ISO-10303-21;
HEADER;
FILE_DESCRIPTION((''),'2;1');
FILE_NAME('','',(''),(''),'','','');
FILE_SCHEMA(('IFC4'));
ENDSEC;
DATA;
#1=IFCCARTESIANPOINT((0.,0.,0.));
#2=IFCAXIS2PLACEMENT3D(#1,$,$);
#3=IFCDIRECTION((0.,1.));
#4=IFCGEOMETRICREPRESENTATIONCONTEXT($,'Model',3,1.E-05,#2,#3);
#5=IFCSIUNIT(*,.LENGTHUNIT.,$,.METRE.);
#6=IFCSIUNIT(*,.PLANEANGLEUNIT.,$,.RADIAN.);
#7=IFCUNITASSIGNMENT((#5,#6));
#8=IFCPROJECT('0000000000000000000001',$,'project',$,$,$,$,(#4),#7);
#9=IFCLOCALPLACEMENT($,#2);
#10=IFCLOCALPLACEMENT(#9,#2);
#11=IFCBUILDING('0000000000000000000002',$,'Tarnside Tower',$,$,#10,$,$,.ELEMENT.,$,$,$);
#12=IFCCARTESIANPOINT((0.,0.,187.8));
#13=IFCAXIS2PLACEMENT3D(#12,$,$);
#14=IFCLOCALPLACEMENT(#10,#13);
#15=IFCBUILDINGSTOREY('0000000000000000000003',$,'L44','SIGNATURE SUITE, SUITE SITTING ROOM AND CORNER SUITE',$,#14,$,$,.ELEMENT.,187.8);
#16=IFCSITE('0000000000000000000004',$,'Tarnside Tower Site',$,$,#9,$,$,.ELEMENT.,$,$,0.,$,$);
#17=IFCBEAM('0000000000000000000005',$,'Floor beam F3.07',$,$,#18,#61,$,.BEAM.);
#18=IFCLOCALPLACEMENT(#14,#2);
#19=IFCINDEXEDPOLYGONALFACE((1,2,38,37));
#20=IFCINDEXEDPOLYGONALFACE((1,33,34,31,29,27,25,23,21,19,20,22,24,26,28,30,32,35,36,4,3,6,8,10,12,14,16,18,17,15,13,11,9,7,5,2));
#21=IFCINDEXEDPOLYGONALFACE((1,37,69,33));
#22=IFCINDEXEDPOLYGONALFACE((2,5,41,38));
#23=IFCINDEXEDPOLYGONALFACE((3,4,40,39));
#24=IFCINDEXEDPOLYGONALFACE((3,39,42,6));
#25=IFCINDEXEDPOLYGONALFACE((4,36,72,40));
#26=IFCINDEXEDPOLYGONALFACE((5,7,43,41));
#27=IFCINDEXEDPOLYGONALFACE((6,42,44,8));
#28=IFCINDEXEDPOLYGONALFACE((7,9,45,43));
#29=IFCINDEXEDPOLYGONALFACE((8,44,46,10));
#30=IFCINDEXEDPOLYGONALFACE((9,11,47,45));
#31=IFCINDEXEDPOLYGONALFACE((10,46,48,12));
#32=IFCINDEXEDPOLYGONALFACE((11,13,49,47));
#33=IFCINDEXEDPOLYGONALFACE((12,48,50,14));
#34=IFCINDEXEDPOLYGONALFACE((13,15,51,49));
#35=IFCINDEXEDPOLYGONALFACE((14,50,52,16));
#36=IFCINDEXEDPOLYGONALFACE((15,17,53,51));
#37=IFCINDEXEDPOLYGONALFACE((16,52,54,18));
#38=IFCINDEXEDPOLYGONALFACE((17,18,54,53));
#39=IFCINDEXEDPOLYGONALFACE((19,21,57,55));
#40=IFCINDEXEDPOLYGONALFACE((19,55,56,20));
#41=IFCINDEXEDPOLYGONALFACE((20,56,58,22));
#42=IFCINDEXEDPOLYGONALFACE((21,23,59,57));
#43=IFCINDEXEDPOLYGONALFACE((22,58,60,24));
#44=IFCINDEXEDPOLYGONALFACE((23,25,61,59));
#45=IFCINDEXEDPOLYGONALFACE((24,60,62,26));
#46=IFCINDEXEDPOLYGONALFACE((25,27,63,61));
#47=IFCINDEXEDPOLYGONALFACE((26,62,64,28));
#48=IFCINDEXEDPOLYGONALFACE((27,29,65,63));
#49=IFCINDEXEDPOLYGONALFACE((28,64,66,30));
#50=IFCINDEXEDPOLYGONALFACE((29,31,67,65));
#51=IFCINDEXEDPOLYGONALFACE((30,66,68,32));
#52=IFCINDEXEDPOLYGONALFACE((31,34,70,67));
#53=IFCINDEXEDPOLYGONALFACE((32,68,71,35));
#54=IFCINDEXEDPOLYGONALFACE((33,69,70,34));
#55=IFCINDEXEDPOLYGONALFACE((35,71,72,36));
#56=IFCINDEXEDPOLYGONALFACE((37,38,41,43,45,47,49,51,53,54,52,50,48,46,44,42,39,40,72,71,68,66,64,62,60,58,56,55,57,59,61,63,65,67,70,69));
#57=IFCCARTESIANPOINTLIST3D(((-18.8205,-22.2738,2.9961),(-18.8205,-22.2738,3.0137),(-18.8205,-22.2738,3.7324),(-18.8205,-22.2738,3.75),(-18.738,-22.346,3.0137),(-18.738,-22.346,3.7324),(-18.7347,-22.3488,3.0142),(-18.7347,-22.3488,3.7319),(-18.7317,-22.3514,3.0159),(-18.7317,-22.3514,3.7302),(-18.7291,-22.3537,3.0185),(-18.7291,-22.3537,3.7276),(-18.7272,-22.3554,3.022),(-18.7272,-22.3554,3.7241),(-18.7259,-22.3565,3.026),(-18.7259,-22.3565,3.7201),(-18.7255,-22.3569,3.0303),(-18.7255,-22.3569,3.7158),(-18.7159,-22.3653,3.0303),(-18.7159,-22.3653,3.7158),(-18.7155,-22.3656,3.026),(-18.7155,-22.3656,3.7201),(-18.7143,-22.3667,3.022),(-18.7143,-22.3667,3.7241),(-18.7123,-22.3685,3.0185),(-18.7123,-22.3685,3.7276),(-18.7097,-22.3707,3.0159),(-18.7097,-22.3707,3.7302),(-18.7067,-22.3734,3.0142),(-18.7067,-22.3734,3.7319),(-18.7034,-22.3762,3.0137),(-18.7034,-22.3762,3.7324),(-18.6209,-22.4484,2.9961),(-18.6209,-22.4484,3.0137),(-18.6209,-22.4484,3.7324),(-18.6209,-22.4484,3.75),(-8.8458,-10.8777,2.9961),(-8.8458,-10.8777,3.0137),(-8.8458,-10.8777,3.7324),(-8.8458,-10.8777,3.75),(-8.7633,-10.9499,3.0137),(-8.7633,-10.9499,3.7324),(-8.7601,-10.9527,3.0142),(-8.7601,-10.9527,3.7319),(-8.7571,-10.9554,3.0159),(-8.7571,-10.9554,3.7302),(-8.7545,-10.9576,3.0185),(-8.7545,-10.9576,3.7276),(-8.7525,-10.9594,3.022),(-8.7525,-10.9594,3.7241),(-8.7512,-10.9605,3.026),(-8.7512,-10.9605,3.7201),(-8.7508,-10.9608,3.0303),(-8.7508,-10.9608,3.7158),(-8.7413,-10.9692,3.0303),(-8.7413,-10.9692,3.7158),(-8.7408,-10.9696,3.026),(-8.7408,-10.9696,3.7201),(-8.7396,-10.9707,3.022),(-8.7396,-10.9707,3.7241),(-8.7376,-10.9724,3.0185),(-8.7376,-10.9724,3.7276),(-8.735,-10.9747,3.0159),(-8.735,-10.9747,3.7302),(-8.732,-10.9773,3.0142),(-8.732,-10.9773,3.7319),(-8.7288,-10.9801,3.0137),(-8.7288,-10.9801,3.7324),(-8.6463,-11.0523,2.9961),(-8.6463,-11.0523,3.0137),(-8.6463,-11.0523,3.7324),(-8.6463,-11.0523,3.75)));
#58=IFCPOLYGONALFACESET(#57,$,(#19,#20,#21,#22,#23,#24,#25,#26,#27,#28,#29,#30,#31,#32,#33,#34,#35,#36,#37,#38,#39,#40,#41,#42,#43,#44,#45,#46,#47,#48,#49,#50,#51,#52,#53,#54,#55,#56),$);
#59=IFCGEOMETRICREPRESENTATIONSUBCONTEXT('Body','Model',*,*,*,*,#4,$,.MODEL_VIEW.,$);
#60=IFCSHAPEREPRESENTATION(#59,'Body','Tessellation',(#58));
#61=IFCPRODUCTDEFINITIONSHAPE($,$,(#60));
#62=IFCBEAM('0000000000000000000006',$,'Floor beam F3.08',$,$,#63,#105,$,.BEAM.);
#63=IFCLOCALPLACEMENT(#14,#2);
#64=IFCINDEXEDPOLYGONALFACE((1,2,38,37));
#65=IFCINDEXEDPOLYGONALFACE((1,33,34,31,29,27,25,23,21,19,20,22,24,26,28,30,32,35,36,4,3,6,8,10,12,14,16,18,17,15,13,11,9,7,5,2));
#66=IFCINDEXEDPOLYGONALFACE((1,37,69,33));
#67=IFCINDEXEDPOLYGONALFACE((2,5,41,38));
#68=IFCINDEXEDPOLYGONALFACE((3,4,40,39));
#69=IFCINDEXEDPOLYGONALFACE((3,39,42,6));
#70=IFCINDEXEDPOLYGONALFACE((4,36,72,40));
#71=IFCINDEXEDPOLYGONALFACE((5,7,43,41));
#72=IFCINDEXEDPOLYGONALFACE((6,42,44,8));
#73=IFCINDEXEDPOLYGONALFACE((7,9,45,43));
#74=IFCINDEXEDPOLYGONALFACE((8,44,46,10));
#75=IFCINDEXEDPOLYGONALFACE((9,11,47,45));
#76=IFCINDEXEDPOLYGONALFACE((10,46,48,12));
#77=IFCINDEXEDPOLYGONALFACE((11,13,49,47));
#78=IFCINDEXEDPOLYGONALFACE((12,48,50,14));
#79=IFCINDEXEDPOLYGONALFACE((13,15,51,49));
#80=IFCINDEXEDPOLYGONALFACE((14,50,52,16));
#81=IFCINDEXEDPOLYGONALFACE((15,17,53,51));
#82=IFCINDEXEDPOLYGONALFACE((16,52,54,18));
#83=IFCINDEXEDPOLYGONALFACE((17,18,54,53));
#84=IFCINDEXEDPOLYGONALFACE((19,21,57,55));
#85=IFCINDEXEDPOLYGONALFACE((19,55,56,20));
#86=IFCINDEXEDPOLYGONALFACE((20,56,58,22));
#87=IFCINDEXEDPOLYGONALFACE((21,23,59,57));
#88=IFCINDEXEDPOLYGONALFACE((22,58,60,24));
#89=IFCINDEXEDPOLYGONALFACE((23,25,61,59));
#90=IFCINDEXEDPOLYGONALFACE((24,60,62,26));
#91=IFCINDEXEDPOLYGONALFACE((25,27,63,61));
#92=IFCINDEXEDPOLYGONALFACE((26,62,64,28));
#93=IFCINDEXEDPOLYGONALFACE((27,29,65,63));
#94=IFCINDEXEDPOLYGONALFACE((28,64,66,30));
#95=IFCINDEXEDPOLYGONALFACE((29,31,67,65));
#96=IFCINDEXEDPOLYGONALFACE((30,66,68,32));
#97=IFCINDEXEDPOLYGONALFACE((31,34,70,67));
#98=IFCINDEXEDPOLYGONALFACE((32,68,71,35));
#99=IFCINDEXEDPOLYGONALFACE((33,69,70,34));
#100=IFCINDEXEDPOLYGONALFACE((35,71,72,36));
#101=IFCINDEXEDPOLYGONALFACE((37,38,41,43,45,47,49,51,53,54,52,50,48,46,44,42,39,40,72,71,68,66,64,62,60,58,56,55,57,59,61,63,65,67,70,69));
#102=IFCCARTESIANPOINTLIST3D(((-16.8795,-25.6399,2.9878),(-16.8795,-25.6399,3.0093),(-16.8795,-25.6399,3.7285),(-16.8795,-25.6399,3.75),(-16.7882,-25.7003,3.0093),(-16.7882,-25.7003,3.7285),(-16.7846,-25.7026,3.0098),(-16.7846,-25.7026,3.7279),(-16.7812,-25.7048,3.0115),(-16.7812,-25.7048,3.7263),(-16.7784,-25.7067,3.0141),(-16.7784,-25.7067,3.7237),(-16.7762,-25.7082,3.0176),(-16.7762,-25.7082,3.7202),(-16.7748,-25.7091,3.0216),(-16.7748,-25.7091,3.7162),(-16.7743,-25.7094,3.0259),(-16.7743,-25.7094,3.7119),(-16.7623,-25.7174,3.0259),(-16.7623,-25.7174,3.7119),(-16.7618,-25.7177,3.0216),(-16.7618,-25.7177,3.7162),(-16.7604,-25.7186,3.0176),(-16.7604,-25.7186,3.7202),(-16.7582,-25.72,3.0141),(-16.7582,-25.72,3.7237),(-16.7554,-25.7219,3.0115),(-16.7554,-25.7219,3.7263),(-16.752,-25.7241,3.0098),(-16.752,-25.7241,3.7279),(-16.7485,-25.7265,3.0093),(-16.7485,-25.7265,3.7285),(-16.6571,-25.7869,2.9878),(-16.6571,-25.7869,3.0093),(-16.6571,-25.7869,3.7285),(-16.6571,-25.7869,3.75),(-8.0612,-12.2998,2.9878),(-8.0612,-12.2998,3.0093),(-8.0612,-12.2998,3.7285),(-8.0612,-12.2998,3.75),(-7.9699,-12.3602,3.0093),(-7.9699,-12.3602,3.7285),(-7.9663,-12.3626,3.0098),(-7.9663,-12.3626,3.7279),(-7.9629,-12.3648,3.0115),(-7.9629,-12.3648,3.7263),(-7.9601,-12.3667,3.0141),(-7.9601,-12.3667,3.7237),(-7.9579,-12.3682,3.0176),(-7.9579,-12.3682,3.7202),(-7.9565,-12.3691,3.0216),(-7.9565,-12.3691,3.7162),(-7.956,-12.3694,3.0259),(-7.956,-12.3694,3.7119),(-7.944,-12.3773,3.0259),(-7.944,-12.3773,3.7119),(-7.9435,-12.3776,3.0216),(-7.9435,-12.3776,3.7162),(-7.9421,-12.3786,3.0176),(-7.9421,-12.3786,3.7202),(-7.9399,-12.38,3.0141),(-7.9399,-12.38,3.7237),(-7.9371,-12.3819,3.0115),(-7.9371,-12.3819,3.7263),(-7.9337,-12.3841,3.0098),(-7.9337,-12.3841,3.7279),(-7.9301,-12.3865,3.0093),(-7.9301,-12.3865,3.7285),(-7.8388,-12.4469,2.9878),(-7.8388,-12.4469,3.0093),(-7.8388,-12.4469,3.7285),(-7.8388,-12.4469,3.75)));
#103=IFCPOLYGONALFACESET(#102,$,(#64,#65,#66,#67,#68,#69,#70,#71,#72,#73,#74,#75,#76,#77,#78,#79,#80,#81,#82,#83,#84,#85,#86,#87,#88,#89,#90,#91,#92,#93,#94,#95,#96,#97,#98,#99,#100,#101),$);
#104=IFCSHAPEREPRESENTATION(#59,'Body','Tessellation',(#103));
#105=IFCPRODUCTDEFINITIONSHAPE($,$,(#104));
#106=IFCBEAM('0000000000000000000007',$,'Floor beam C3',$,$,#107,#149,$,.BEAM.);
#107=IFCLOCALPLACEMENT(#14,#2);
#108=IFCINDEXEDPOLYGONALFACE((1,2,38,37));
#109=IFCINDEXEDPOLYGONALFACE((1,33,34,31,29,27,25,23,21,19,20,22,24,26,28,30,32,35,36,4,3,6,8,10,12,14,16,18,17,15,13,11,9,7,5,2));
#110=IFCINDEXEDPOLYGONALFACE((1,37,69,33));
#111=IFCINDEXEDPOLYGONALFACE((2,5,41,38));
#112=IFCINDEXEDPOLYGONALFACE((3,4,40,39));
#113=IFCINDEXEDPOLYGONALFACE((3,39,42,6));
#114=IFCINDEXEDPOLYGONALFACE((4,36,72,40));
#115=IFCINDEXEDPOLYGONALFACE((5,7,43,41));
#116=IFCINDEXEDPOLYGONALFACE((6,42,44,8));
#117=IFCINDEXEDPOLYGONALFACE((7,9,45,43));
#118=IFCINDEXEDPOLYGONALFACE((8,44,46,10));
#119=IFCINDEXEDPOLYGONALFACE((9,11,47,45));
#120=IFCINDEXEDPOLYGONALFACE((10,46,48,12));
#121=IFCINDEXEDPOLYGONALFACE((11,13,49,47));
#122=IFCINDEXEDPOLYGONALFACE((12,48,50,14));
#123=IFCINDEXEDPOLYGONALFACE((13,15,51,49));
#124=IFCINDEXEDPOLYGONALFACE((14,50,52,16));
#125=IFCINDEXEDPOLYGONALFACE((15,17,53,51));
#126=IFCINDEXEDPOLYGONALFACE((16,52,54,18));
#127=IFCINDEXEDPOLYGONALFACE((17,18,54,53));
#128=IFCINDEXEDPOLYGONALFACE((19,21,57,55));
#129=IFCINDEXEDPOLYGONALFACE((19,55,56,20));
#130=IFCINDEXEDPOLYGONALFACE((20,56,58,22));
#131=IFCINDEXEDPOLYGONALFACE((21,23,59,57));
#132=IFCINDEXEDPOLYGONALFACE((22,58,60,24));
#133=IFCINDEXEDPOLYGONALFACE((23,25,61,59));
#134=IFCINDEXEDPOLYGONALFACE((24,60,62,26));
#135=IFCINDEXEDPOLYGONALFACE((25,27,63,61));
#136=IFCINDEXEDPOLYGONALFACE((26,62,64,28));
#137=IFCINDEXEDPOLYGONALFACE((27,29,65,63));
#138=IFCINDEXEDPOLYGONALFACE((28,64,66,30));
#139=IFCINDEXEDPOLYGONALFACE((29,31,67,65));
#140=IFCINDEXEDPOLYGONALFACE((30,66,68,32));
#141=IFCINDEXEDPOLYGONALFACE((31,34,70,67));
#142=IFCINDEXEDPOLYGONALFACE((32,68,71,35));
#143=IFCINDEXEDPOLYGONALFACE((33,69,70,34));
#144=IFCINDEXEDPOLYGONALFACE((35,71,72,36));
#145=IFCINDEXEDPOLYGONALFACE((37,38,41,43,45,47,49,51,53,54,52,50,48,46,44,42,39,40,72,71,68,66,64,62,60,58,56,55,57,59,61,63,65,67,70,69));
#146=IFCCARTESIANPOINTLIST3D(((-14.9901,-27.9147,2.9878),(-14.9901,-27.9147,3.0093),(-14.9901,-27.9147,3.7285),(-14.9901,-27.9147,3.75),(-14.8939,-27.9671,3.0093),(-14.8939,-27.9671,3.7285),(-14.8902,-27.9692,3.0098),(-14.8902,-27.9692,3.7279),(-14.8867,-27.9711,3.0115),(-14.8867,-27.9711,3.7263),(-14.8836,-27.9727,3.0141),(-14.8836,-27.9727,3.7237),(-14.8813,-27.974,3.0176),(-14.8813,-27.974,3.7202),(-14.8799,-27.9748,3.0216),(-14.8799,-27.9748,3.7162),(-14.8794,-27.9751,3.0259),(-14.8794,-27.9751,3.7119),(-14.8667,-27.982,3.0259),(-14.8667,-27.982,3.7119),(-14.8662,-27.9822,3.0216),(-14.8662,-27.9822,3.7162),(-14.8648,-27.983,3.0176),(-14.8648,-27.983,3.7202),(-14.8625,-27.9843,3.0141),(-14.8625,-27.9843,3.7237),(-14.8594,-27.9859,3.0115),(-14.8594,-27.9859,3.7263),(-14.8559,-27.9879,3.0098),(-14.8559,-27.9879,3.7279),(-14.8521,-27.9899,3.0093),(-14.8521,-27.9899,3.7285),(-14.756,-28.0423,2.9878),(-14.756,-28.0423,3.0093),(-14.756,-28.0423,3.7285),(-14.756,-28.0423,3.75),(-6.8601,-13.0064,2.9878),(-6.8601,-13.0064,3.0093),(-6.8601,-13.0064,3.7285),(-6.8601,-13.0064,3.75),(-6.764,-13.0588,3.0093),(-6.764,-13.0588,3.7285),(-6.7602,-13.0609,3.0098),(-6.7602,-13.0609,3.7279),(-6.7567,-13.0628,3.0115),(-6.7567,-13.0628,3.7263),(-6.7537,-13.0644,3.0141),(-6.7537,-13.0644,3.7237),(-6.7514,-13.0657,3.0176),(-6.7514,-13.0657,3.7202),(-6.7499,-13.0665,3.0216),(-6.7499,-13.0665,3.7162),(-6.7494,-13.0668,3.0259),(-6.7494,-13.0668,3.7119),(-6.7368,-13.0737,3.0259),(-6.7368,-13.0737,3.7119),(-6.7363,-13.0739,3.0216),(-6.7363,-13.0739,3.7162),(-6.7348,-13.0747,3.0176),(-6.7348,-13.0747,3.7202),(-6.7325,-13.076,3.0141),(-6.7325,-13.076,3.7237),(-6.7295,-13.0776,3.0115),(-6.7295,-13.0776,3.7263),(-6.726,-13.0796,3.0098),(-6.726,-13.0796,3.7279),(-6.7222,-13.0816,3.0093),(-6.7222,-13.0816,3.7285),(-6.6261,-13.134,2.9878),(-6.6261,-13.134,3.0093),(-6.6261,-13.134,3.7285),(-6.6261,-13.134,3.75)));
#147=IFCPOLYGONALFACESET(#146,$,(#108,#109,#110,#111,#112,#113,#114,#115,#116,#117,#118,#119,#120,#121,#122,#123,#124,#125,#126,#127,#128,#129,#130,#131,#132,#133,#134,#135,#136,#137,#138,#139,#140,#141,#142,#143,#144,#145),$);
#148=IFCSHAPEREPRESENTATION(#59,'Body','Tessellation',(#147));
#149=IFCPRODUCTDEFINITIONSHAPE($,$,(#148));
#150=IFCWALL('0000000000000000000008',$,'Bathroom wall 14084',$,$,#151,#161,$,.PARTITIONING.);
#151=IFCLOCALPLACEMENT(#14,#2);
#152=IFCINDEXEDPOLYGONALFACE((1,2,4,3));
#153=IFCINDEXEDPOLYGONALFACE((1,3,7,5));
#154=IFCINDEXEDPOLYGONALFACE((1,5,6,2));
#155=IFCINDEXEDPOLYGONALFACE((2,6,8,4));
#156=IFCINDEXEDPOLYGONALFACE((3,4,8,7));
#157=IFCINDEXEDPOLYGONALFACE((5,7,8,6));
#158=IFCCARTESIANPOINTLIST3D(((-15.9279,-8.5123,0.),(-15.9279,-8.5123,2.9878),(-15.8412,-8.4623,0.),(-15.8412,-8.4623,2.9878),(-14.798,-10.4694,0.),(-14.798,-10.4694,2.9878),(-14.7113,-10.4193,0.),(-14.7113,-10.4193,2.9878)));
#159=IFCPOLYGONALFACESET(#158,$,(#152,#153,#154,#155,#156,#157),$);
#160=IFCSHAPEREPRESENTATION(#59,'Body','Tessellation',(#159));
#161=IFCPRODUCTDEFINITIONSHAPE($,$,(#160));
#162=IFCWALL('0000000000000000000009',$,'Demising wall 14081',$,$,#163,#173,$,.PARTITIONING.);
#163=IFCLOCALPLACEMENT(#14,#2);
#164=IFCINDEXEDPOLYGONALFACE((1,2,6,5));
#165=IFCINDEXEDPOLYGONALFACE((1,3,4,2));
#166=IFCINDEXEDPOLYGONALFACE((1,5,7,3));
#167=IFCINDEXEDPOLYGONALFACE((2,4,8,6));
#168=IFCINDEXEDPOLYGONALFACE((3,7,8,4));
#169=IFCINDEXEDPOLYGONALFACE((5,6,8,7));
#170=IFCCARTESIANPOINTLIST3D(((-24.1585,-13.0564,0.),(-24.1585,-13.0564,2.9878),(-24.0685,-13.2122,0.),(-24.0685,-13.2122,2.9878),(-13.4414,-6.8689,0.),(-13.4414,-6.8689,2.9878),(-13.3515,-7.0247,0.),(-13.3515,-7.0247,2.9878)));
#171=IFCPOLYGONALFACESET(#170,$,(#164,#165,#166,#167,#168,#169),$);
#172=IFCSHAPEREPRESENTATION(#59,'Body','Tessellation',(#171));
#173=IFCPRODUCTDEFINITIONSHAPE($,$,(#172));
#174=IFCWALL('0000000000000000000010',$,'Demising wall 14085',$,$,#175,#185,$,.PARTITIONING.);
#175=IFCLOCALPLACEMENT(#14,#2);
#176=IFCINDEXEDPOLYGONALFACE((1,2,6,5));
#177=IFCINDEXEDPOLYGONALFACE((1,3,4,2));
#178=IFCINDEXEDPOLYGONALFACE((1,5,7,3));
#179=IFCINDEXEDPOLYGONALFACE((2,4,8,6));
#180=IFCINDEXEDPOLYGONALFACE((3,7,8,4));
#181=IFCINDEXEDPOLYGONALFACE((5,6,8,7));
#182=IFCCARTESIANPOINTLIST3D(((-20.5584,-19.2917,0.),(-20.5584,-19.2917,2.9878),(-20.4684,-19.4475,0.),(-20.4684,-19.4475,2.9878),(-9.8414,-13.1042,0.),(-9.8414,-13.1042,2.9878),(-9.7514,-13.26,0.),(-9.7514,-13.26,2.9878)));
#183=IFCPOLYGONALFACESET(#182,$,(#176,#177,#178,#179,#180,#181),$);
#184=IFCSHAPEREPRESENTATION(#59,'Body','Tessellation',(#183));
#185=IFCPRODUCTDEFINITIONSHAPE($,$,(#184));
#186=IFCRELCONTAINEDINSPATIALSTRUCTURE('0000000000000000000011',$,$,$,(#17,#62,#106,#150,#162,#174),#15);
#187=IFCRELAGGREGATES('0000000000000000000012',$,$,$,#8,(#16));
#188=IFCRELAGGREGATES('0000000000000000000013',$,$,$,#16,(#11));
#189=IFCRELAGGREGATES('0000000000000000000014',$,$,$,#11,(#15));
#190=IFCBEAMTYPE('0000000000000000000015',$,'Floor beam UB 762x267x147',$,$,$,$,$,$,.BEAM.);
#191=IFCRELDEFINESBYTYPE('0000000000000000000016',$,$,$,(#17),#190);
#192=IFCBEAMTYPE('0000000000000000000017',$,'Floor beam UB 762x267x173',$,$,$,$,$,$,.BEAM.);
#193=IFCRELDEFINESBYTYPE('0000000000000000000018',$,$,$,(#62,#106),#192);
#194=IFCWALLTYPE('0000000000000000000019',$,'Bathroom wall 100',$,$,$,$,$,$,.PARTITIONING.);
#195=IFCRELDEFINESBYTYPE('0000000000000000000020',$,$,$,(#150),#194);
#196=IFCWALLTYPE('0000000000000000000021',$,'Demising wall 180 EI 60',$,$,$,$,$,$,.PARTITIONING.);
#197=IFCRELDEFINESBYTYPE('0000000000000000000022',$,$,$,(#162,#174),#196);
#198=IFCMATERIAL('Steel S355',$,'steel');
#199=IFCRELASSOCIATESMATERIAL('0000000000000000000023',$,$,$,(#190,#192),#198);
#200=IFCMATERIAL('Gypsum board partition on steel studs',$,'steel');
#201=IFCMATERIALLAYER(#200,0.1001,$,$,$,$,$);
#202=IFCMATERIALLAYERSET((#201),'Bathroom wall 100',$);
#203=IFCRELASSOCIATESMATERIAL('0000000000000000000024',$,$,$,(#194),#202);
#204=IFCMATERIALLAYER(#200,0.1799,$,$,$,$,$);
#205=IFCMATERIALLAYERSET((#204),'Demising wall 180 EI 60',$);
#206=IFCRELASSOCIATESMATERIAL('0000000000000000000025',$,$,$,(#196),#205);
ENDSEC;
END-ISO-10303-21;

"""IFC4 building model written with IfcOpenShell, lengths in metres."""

from ifc_helpers import new_model, si_unit, direction, frame, frame_2d, origin, origin_2d, place, context, subcontext, project, spatial, rectangle, i_section, extrude, material, layer, layer_set, material_profile, profile_set, type_object, element, save


model = new_model("IFC4")

# Units and contexts
model_context = context("Model", 3, precision=1e-05, world=origin(), true_north=direction((0.0, 1.0)))
body_context = subcontext(model_context, "Body", "Model", "MODEL_VIEW")
ifc_project = project(units=[si_unit("LENGTHUNIT", "METRE"), si_unit("PLANEANGLEUNIT", "RADIAN")], contexts=[model_context])

# Site, building, storey
site_placement = place(None, origin())
site = spatial("IfcSite", under=ifc_project, at=site_placement, Name="Tarnside Tower Site", CompositionType="ELEMENT", RefElevation=0.0)
building_placement = place(site_placement, origin())
building = spatial("IfcBuilding", under=site, at=building_placement, Name="Tarnside Tower", CompositionType="ELEMENT")
storey_placement = place(building_placement, frame((0.0, 0.0, 187.8)))
storey = spatial("IfcBuildingStorey", under=building, at=storey_placement, Name="L44", Description="SIGNATURE SUITE, SUITE SITTING ROOM AND CORNER SUITE", CompositionType="ELEMENT", Elevation=187.8)

# Beams
ifc_material_1 = material(Name="Steel S355", Category="steel")
ifc_material_profile_1 = material_profile(ifc_material_1, i_section(OverallWidth=0.2651, OverallDepth=0.7539, WebThickness=0.0127, FlangeThickness=0.0176, FilletRadius=0.0166, at=origin_2d()), Name="UB 762x267x147")
ifc_profile_set_1 = profile_set([ifc_material_profile_1], Name="Steel S355")
beam_type_1 = type_object("IfcBeamType", Name="Floor beam UB 762x267x147", PredefinedType="BEAM", material=ifc_profile_set_1)
beam_1_placement = place(storey_placement, frame((-18.7207, -22.3611, 3.373), z_axis=(0.658621, 0.752475, 0.0), x_axis=(-0.752475, 0.658621, 0.0)))
element("IfcBeam", 1, at=beam_1_placement, inside=storey, type_object=beam_type_1, Name="Floor beam F3.07", PredefinedType="BEAM", context=body_context, shape_type="SweptSolid", body=[
    extrude(i_section(OverallWidth=0.2651, OverallDepth=0.7539, WebThickness=0.0127, FlangeThickness=0.0176, FilletRadius=0.0166, at=origin_2d()), origin(), (0.0, 0.0, 1.0), 15.1448),
])
ifc_material_profile_2 = material_profile(ifc_material_1, i_section(OverallWidth=0.2666, OverallDepth=0.7622, WebThickness=0.0144, FlangeThickness=0.0215, FilletRadius=0.0166, at=origin_2d()), Name="UB 762x267x173")
ifc_profile_set_2 = profile_set([ifc_material_profile_2], Name="Steel S355")
beam_type_2 = type_object("IfcBeamType", Name="Floor beam UB 762x267x173", PredefinedType="BEAM", material=ifc_profile_set_2)
beam_2_placement = place(storey_placement, frame((-16.7683, -25.7134, 3.3689), z_axis=(0.551448, 0.83421, 0.0), x_axis=(-0.83421, 0.551448, 0.0)))
element("IfcBeam", 2, at=beam_2_placement, inside=storey, type_object=beam_type_2, Name="Floor beam F3.08", PredefinedType="BEAM", context=body_context, shape_type="SweptSolid", body=[
    extrude(i_section(OverallWidth=0.2666, OverallDepth=0.7622, WebThickness=0.0144, FlangeThickness=0.0215, FilletRadius=0.0166, at=origin_2d()), origin(), (0.0, 0.0, 1.0), 15.9912),
])
beam_3_placement = place(storey_placement, frame((-14.873, -27.9785, 3.3689), z_axis=(0.478768, 0.877942, 0.0), x_axis=(-0.877942, 0.478768, 0.0)))
element("IfcBeam", 3, at=beam_3_placement, inside=storey, type_object=beam_type_2, Name="Floor beam C3", PredefinedType="BEAM", context=body_context, shape_type="SweptSolid", body=[
    extrude(i_section(OverallWidth=0.2666, OverallDepth=0.7622, WebThickness=0.0144, FlangeThickness=0.0215, FilletRadius=0.0166, at=origin_2d()), origin(), (0.0, 0.0, 1.0), 16.981),
])

# Walls
ifc_material_2 = material(Name="Gypsum board partition on steel studs", Category="steel")
ifc_layer_1 = layer(ifc_material_2, 0.1001)
ifc_layer_set_1 = layer_set([ifc_layer_1], Name="Bathroom wall 100")
wall_type_1 = type_object("IfcWallType", Name="Bathroom wall 100", PredefinedType="PARTITIONING", material=ifc_layer_set_1)
wall_1_placement = place(storey_placement, frame((-14.7546, -10.4443, 0.0), z_axis=(0.0, 0.0, 1.0), x_axis=(-0.499997, 0.866027, 0.0)))
element("IfcWall", 4, at=wall_1_placement, inside=storey, type_object=wall_type_1, Name="Bathroom wall 14084", PredefinedType="PARTITIONING", context=body_context, shape_type="SweptSolid", body=[
    extrude(rectangle(XDim=2.2598, YDim=0.1001, at=frame_2d((1.1299, 0.0))), origin(), (0.0, 0.0, 1.0), 2.9878),
])
ifc_layer_2 = layer(ifc_material_2, 0.1799)
ifc_layer_set_2 = layer_set([ifc_layer_2], Name="Demising wall 180 EI 60")
wall_type_2 = type_object("IfcWallType", Name="Demising wall 180 EI 60", PredefinedType="PARTITIONING", material=ifc_layer_set_2)
for number, where, z_axis, x_axis, name in (
    (5, (-24.1135, -13.1343, 0.0), (0.0, 0.0, 1.0), (0.866025, 0.500001, 0.0), "Demising wall 14081"),
    (6, (-20.5134, -19.3696, 0.0), (0.0, 0.0, 1.0), (0.866025, 0.500001, 0.0), "Demising wall 14085"),
):
    element("IfcWall", number, at=place(storey_placement, frame(where, z_axis=z_axis, x_axis=x_axis)), inside=storey, type_object=wall_type_2, Name=name, PredefinedType="PARTITIONING", context=body_context, shape_type="SweptSolid", body=[
        extrude(rectangle(XDim=12.375, YDim=0.1799, at=frame_2d((6.1875, 0.0))), origin(), (0.0, 0.0, 1.0), 2.9878),
    ])

save(model, "model.ifc")
